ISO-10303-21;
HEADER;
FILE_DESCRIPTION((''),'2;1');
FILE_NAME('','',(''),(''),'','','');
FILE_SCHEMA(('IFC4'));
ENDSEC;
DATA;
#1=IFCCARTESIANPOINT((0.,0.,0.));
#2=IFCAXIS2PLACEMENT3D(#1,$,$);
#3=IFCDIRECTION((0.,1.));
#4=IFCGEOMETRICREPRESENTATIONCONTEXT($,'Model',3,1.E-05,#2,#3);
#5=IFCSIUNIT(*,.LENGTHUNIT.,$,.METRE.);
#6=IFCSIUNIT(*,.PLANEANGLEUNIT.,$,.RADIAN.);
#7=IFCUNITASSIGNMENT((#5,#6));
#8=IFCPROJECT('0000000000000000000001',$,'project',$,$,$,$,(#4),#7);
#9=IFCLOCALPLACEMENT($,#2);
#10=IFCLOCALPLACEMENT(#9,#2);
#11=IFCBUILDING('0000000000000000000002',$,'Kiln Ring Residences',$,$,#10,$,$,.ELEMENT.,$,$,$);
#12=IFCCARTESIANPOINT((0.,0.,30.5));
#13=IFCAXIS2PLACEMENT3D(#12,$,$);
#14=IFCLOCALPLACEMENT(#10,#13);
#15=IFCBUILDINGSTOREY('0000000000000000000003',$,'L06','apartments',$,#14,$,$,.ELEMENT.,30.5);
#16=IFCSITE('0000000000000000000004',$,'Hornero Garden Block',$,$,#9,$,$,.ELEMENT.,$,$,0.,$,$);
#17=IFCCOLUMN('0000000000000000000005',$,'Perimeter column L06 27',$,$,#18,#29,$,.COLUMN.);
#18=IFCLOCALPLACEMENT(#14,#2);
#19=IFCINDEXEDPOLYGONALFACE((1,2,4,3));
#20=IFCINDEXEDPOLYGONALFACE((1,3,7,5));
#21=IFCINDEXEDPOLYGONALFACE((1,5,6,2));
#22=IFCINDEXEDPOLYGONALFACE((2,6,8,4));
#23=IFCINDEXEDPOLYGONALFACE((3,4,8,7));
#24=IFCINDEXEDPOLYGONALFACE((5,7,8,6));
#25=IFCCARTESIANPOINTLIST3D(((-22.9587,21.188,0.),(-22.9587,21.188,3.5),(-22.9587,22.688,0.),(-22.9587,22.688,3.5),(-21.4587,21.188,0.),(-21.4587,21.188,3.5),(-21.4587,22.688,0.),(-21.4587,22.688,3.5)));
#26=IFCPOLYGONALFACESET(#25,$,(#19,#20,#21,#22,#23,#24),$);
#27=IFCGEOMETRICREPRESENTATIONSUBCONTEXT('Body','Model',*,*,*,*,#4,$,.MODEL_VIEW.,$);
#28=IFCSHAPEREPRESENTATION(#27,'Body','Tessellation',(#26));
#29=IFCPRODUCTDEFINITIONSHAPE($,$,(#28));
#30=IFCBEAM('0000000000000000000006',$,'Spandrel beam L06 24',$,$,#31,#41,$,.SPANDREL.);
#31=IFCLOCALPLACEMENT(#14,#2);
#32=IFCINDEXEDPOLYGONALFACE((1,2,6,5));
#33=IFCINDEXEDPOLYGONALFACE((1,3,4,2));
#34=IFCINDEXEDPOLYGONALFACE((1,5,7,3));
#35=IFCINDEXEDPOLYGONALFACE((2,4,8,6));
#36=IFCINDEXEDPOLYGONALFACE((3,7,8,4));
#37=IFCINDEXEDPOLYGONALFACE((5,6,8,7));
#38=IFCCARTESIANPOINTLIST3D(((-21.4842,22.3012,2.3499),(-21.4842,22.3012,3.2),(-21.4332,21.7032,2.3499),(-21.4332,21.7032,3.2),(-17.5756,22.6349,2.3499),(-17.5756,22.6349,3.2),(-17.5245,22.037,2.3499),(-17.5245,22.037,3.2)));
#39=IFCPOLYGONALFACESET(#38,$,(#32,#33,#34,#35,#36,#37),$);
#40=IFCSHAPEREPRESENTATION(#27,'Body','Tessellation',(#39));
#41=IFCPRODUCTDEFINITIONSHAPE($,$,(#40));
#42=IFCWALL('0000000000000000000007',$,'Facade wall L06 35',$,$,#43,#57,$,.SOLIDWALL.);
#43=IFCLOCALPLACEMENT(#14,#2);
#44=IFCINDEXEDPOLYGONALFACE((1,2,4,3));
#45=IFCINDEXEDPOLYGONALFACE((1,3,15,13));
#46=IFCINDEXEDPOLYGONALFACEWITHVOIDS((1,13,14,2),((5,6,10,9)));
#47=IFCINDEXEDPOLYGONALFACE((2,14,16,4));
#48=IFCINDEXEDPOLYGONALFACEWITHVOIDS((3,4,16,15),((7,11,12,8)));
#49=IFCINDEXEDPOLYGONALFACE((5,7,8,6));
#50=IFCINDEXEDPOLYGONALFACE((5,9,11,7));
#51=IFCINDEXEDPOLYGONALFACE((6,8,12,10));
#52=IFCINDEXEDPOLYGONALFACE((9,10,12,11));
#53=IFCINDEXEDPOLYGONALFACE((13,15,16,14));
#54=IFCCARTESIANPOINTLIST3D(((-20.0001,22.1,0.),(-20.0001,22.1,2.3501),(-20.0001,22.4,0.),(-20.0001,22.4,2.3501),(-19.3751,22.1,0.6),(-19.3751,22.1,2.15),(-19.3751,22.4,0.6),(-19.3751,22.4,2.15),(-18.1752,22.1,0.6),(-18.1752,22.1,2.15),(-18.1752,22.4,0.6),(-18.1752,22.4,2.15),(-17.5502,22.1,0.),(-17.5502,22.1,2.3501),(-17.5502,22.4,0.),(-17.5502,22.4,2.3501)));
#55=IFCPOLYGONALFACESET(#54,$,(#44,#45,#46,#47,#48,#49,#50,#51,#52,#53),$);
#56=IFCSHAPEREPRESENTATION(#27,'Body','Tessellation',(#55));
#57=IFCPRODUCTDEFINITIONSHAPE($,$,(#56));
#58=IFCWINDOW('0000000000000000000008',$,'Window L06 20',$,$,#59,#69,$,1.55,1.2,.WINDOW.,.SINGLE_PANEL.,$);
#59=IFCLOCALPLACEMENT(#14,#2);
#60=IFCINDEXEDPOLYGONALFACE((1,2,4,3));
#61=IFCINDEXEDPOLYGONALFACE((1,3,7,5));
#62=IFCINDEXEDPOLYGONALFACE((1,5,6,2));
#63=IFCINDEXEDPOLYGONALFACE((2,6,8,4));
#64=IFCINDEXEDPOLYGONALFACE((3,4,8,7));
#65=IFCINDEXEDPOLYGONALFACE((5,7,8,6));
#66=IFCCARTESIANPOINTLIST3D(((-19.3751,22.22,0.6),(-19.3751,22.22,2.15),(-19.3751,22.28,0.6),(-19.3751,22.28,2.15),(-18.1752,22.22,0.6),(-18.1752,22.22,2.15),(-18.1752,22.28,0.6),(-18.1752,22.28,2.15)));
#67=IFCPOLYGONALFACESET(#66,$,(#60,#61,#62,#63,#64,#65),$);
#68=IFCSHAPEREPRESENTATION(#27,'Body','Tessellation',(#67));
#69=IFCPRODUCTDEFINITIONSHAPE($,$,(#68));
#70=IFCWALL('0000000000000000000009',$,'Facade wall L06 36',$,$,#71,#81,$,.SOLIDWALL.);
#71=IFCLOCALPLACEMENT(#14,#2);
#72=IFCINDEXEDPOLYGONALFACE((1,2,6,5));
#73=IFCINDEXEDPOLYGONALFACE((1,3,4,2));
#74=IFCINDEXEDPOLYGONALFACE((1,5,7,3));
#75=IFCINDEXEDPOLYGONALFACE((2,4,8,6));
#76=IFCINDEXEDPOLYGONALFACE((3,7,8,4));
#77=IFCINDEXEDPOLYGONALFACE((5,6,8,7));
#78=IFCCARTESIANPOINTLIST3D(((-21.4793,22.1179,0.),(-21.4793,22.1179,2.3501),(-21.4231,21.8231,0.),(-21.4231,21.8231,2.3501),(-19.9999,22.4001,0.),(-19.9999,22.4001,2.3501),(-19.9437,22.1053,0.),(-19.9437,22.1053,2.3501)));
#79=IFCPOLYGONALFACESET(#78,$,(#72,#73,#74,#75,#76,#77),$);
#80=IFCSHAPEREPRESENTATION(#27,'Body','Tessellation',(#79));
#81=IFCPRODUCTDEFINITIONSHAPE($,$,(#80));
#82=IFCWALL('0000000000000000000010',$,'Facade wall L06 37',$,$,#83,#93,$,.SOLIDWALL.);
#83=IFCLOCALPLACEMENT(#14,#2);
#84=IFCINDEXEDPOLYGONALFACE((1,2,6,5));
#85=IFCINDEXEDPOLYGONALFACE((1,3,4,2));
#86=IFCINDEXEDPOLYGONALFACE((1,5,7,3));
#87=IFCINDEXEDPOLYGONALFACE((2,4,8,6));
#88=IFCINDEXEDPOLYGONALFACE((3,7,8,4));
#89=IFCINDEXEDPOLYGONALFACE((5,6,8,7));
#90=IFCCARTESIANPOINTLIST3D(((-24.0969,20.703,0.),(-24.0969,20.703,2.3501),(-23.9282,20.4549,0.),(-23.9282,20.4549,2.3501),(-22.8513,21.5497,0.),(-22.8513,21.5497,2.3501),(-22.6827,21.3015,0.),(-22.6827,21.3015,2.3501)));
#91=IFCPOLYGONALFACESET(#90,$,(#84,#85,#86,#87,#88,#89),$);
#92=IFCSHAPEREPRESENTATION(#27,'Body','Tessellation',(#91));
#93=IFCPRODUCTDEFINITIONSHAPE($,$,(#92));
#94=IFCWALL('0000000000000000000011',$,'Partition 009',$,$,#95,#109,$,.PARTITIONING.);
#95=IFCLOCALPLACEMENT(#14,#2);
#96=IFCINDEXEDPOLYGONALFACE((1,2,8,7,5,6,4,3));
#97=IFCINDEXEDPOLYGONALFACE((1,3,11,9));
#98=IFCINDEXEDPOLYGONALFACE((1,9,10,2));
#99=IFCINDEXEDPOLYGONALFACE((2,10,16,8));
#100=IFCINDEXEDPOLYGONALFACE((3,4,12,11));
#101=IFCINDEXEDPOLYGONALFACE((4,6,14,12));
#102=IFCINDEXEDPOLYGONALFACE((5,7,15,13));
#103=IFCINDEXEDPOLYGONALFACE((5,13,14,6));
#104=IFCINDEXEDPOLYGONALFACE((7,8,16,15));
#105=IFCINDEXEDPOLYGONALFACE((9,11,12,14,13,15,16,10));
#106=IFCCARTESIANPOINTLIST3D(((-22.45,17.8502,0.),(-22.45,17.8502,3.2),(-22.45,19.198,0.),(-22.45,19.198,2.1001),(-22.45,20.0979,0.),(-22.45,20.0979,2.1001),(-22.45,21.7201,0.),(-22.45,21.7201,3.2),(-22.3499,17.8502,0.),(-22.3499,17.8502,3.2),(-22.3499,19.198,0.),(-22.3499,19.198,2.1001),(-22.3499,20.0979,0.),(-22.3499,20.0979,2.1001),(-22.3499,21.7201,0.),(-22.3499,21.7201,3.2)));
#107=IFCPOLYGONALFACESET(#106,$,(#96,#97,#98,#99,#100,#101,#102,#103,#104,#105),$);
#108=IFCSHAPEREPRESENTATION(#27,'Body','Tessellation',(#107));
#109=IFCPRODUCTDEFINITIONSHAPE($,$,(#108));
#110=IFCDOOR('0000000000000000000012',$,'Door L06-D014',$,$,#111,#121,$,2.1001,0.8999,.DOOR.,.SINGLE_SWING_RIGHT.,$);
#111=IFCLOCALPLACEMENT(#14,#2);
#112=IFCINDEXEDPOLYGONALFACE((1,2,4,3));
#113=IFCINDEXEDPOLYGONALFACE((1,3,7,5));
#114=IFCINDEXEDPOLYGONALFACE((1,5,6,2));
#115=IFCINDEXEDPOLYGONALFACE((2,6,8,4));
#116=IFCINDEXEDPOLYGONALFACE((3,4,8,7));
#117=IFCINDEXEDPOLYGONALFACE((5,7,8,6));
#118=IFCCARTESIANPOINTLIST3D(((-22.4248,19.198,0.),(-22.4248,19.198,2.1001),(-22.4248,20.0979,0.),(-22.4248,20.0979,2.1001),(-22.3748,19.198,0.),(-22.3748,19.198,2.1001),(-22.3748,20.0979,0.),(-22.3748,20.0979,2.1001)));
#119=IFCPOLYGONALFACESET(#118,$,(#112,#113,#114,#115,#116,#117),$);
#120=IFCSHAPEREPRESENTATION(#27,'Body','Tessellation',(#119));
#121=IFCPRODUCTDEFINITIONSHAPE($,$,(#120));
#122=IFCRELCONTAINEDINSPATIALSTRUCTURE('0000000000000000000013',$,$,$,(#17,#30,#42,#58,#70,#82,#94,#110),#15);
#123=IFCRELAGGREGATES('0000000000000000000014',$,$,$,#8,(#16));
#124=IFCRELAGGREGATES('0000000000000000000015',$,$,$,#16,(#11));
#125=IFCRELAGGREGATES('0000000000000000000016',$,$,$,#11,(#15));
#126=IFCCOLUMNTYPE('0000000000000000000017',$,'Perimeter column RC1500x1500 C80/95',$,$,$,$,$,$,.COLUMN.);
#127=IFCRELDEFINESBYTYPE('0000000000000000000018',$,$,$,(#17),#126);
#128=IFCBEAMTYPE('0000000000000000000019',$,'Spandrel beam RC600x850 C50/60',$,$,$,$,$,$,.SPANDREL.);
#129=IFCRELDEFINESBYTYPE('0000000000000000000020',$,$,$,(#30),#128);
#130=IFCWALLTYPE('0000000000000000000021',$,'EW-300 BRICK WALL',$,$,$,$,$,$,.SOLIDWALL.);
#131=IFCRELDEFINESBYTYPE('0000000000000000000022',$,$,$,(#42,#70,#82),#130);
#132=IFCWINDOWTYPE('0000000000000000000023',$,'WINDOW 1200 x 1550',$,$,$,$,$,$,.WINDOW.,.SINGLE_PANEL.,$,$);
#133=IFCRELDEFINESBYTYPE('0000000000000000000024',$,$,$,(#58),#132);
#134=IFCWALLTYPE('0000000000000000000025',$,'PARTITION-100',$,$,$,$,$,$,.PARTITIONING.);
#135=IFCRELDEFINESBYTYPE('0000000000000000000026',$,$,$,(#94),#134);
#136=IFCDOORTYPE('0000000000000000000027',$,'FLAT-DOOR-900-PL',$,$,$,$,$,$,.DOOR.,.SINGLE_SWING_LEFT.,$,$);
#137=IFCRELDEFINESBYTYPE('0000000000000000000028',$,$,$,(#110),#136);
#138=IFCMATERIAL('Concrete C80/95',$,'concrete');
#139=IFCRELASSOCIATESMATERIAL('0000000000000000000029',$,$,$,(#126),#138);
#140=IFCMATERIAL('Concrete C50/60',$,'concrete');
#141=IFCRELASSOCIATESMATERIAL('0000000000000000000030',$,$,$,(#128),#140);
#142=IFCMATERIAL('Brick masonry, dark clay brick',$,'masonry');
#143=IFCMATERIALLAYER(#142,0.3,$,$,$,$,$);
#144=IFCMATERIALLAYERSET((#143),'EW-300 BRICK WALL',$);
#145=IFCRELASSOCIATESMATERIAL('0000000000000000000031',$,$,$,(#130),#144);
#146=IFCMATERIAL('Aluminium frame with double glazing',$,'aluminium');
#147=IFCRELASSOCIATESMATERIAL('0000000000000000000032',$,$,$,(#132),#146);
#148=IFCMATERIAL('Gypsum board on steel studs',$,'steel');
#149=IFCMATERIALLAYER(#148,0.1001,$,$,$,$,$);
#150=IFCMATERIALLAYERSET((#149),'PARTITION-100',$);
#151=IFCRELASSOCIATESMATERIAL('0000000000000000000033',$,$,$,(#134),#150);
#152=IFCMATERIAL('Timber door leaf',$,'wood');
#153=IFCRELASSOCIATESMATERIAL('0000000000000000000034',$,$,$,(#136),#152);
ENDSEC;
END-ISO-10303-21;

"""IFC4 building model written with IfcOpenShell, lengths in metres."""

from ifc_helpers import new_model, si_unit, direction, frame, frame_2d, origin, origin_2d, place, context, subcontext, project, spatial, rectangle, extrude, material, layer, layer_set, material_profile, profile_set, type_object, element, fill, save


model = new_model("IFC4")

# Units and contexts
model_context = context("Model", 3, precision=1e-05, world=origin(), true_north=direction((0.0, 1.0)))
body_context = subcontext(model_context, "Body", "Model", "MODEL_VIEW")
ifc_project = project(units=[si_unit("LENGTHUNIT", "METRE"), si_unit("PLANEANGLEUNIT", "RADIAN")], contexts=[model_context])

# Site, building, storey
site_placement = place(None, origin())
site = spatial("IfcSite", under=ifc_project, at=site_placement, Name="Hornero Garden Block", CompositionType="ELEMENT", RefElevation=0.0)
building_placement = place(site_placement, origin())
building = spatial("IfcBuilding", under=site, at=building_placement, Name="Kiln Ring Residences", CompositionType="ELEMENT")
storey_placement = place(building_placement, frame((0.0, 0.0, 30.5)))
storey = spatial("IfcBuildingStorey", under=building, at=storey_placement, Name="L06", Description="apartments", CompositionType="ELEMENT", Elevation=30.5)

# Column
ifc_material_1 = material(Name="Concrete C80/95", Category="concrete")
ifc_material_profile_1 = material_profile(ifc_material_1, rectangle(XDim=1.5, YDim=1.5, at=origin_2d()), Name="RC1500x1500")
ifc_profile_set_1 = profile_set([ifc_material_profile_1], Name="Concrete C80/95")
column_type = type_object("IfcColumnType", Name="Perimeter column RC1500x1500 C80/95", PredefinedType="COLUMN", material=ifc_profile_set_1)
column_placement = place(storey_placement, frame((-22.2087, 21.938, 0.0), z_axis=(0.0, 0.0, 1.0), x_axis=(1.0, 0.0, 0.0)))
element("IfcColumn", 1, at=column_placement, inside=storey, type_object=column_type, Name="Perimeter column L06 27", PredefinedType="COLUMN", context=body_context, shape_type="SweptSolid", body=[
    extrude(rectangle(XDim=1.5, YDim=1.5, at=origin_2d()), origin(), (0.0, 0.0, 1.0), 3.5),
])

# Beam
ifc_material_2 = material(Name="Concrete C50/60", Category="concrete")
ifc_material_profile_2 = material_profile(ifc_material_2, rectangle(XDim=0.6001, YDim=0.8501, at=origin_2d()), Name="RC600x850")
ifc_profile_set_2 = profile_set([ifc_material_profile_2], Name="Concrete C50/60")
beam_type = type_object("IfcBeamType", Name="Spandrel beam RC600x850 C50/60", PredefinedType="SPANDREL", material=ifc_profile_set_2)
beam_placement = place(storey_placement, frame((-17.55, 22.3359, 2.7749), z_axis=(-0.996375, -0.085075, 0.0), x_axis=(0.085075, -0.996375, 0.0)))
element("IfcBeam", 2, at=beam_placement, inside=storey, type_object=beam_type, Name="Spandrel beam L06 24", PredefinedType="SPANDREL", context=body_context, shape_type="SweptSolid", body=[
    extrude(rectangle(XDim=0.6001, YDim=0.8501, at=origin_2d()), origin(), (0.0, 0.0, 1.0), 3.9229),
])

# Wall, opening, window
ifc_material_3 = material(Name="Brick masonry, dark clay brick", Category="masonry")
ifc_layer_1 = layer(ifc_material_3, 0.3)
ifc_layer_set_1 = layer_set([ifc_layer_1], Name="EW-300 BRICK WALL")
wall_type_1 = type_object("IfcWallType", Name="EW-300 BRICK WALL", PredefinedType="SOLIDWALL", material=ifc_layer_set_1)
wall_1_placement = place(storey_placement, frame((-17.55, 22.25, 0.0), z_axis=(0.0, 0.0, 1.0), x_axis=(-1.0, 0.0, 0.0)))
wall_1 = element("IfcWall", 3, at=wall_1_placement, inside=storey, type_object=wall_type_1, Name="Facade wall L06 35", PredefinedType="SOLIDWALL", context=body_context, shape_type="SweptSolid", body=[
    extrude(rectangle(XDim=2.45, YDim=0.3, at=frame_2d((1.2251, 0.0))), origin(), (0.0, 0.0, 1.0), 2.3501),
])
opening_1_placement = place(wall_1_placement, frame((0.625, 0.0, 0.6001)))
opening_1 = element("IfcOpeningElement", 4, at=opening_1_placement, cuts=wall_1, PredefinedType="OPENING", context=body_context, shape_type="SweptSolid", body=[
    extrude(rectangle(XDim=1.2, YDim=1.55, at=frame_2d((0.6001, 0.7749))), frame((0.0, 0.1599, 0.0), z_axis=(0.0, -1.0, 0.0), x_axis=(1.0, 0.0, 0.0)), (0.0, 0.0, 1.0), 0.3201),
])
ifc_material_4 = material(Name="Aluminium frame with double glazing", Category="aluminium")
window_type = type_object("IfcWindowType", Name="WINDOW 1200 x 1550", PartitioningType="SINGLE_PANEL", PredefinedType="WINDOW", material=ifc_material_4)
window_placement = place(opening_1_placement, origin())
window = element("IfcWindow", 5, at=window_placement, inside=storey, type_object=window_type, Name="Window L06 20", OverallHeight=1.55, OverallWidth=1.2, PartitioningType="SINGLE_PANEL", PredefinedType="WINDOW", context=body_context, shape_type="SweptSolid", body=[
    extrude(rectangle(XDim=1.2, YDim=1.55, at=frame_2d((0.6001, 0.7749))), frame((0.0, 0.03, 0.0), z_axis=(0.0, -1.0, 0.0), x_axis=(1.0, 0.0, 0.0)), (0.0, 0.0, 1.0), 0.0601),
])
fill(opening_1, window)

# Walls
for number, where, z_axis, x_axis, name in (
    (6, (-19.9719, 22.2527, 0.0), (0.0, 0.0, 1.0), (-0.982287, -0.18738, 0.0), "Facade wall L06 36"),
    (7, (-22.7671, 21.4255, 0.0), (0.0, 0.0, 1.0), (-0.827029, -0.562159, 0.0), "Facade wall L06 37"),
):
    element("IfcWall", number, at=place(storey_placement, frame(where, z_axis=z_axis, x_axis=x_axis)), inside=storey, type_object=wall_type_1, Name=name, PredefinedType="SOLIDWALL", context=body_context, shape_type="SweptSolid", body=[
        extrude(rectangle(XDim=1.5061, YDim=0.3, at=frame_2d((0.7529, 0.0))), origin(), (0.0, 0.0, 1.0), 2.3501),
    ])

# Wall, opening, door
ifc_material_5 = material(Name="Gypsum board on steel studs", Category="steel")
ifc_layer_2 = layer(ifc_material_5, 0.1001)
ifc_layer_set_2 = layer_set([ifc_layer_2], Name="PARTITION-100")
wall_type_2 = type_object("IfcWallType", Name="PARTITION-100", PredefinedType="PARTITIONING", material=ifc_layer_set_2)
wall_2_placement = place(storey_placement, frame((-22.3999, 17.8501, 0.0), z_axis=(0.0, 0.0, 1.0), x_axis=(0.0, 1.0, 0.0)))
wall_2 = element("IfcWall", 8, at=wall_2_placement, inside=storey, type_object=wall_type_2, Name="Partition 009", PredefinedType="PARTITIONING", context=body_context, shape_type="SweptSolid", body=[
    extrude(rectangle(XDim=3.8699, YDim=0.1001, at=frame_2d((1.9351, 0.0))), origin(), (0.0, 0.0, 1.0), 3.2),
])
opening_2_placement = place(wall_2_placement, frame((1.3479, 0.0, 0.0)))
opening_2 = element("IfcOpeningElement", 9, at=opening_2_placement, cuts=wall_2, PredefinedType="OPENING", context=body_context, shape_type="SweptSolid", body=[
    extrude(rectangle(XDim=0.8999, YDim=2.1001, at=frame_2d((0.45, 1.05))), frame((0.0, 0.0601, 0.0), z_axis=(0.0, -1.0, 0.0), x_axis=(1.0, 0.0, 0.0)), (0.0, 0.0, 1.0), 0.1201),
])
ifc_material_6 = material(Name="Timber door leaf", Category="wood")
door_type = type_object("IfcDoorType", Name="FLAT-DOOR-900-PL", OperationType="SINGLE_SWING_LEFT", PredefinedType="DOOR", material=ifc_material_6)
door_placement = place(opening_2_placement, origin())
door = element("IfcDoor", 10, at=door_placement, inside=storey, type_object=door_type, Name="Door L06-D014", OperationType="SINGLE_SWING_RIGHT", OverallHeight=2.1001, OverallWidth=0.8999, PredefinedType="DOOR", context=body_context, shape_type="SweptSolid", body=[
    extrude(rectangle(XDim=0.8999, YDim=2.1001, at=frame_2d((0.45, 1.05))), frame((0.0, 0.0249, 0.0), z_axis=(0.0, -1.0, 0.0), x_axis=(1.0, 0.0, 0.0)), (0.0, 0.0, 1.0), 0.05),
])
fill(opening_2, door)

save(model, "model.ifc")
